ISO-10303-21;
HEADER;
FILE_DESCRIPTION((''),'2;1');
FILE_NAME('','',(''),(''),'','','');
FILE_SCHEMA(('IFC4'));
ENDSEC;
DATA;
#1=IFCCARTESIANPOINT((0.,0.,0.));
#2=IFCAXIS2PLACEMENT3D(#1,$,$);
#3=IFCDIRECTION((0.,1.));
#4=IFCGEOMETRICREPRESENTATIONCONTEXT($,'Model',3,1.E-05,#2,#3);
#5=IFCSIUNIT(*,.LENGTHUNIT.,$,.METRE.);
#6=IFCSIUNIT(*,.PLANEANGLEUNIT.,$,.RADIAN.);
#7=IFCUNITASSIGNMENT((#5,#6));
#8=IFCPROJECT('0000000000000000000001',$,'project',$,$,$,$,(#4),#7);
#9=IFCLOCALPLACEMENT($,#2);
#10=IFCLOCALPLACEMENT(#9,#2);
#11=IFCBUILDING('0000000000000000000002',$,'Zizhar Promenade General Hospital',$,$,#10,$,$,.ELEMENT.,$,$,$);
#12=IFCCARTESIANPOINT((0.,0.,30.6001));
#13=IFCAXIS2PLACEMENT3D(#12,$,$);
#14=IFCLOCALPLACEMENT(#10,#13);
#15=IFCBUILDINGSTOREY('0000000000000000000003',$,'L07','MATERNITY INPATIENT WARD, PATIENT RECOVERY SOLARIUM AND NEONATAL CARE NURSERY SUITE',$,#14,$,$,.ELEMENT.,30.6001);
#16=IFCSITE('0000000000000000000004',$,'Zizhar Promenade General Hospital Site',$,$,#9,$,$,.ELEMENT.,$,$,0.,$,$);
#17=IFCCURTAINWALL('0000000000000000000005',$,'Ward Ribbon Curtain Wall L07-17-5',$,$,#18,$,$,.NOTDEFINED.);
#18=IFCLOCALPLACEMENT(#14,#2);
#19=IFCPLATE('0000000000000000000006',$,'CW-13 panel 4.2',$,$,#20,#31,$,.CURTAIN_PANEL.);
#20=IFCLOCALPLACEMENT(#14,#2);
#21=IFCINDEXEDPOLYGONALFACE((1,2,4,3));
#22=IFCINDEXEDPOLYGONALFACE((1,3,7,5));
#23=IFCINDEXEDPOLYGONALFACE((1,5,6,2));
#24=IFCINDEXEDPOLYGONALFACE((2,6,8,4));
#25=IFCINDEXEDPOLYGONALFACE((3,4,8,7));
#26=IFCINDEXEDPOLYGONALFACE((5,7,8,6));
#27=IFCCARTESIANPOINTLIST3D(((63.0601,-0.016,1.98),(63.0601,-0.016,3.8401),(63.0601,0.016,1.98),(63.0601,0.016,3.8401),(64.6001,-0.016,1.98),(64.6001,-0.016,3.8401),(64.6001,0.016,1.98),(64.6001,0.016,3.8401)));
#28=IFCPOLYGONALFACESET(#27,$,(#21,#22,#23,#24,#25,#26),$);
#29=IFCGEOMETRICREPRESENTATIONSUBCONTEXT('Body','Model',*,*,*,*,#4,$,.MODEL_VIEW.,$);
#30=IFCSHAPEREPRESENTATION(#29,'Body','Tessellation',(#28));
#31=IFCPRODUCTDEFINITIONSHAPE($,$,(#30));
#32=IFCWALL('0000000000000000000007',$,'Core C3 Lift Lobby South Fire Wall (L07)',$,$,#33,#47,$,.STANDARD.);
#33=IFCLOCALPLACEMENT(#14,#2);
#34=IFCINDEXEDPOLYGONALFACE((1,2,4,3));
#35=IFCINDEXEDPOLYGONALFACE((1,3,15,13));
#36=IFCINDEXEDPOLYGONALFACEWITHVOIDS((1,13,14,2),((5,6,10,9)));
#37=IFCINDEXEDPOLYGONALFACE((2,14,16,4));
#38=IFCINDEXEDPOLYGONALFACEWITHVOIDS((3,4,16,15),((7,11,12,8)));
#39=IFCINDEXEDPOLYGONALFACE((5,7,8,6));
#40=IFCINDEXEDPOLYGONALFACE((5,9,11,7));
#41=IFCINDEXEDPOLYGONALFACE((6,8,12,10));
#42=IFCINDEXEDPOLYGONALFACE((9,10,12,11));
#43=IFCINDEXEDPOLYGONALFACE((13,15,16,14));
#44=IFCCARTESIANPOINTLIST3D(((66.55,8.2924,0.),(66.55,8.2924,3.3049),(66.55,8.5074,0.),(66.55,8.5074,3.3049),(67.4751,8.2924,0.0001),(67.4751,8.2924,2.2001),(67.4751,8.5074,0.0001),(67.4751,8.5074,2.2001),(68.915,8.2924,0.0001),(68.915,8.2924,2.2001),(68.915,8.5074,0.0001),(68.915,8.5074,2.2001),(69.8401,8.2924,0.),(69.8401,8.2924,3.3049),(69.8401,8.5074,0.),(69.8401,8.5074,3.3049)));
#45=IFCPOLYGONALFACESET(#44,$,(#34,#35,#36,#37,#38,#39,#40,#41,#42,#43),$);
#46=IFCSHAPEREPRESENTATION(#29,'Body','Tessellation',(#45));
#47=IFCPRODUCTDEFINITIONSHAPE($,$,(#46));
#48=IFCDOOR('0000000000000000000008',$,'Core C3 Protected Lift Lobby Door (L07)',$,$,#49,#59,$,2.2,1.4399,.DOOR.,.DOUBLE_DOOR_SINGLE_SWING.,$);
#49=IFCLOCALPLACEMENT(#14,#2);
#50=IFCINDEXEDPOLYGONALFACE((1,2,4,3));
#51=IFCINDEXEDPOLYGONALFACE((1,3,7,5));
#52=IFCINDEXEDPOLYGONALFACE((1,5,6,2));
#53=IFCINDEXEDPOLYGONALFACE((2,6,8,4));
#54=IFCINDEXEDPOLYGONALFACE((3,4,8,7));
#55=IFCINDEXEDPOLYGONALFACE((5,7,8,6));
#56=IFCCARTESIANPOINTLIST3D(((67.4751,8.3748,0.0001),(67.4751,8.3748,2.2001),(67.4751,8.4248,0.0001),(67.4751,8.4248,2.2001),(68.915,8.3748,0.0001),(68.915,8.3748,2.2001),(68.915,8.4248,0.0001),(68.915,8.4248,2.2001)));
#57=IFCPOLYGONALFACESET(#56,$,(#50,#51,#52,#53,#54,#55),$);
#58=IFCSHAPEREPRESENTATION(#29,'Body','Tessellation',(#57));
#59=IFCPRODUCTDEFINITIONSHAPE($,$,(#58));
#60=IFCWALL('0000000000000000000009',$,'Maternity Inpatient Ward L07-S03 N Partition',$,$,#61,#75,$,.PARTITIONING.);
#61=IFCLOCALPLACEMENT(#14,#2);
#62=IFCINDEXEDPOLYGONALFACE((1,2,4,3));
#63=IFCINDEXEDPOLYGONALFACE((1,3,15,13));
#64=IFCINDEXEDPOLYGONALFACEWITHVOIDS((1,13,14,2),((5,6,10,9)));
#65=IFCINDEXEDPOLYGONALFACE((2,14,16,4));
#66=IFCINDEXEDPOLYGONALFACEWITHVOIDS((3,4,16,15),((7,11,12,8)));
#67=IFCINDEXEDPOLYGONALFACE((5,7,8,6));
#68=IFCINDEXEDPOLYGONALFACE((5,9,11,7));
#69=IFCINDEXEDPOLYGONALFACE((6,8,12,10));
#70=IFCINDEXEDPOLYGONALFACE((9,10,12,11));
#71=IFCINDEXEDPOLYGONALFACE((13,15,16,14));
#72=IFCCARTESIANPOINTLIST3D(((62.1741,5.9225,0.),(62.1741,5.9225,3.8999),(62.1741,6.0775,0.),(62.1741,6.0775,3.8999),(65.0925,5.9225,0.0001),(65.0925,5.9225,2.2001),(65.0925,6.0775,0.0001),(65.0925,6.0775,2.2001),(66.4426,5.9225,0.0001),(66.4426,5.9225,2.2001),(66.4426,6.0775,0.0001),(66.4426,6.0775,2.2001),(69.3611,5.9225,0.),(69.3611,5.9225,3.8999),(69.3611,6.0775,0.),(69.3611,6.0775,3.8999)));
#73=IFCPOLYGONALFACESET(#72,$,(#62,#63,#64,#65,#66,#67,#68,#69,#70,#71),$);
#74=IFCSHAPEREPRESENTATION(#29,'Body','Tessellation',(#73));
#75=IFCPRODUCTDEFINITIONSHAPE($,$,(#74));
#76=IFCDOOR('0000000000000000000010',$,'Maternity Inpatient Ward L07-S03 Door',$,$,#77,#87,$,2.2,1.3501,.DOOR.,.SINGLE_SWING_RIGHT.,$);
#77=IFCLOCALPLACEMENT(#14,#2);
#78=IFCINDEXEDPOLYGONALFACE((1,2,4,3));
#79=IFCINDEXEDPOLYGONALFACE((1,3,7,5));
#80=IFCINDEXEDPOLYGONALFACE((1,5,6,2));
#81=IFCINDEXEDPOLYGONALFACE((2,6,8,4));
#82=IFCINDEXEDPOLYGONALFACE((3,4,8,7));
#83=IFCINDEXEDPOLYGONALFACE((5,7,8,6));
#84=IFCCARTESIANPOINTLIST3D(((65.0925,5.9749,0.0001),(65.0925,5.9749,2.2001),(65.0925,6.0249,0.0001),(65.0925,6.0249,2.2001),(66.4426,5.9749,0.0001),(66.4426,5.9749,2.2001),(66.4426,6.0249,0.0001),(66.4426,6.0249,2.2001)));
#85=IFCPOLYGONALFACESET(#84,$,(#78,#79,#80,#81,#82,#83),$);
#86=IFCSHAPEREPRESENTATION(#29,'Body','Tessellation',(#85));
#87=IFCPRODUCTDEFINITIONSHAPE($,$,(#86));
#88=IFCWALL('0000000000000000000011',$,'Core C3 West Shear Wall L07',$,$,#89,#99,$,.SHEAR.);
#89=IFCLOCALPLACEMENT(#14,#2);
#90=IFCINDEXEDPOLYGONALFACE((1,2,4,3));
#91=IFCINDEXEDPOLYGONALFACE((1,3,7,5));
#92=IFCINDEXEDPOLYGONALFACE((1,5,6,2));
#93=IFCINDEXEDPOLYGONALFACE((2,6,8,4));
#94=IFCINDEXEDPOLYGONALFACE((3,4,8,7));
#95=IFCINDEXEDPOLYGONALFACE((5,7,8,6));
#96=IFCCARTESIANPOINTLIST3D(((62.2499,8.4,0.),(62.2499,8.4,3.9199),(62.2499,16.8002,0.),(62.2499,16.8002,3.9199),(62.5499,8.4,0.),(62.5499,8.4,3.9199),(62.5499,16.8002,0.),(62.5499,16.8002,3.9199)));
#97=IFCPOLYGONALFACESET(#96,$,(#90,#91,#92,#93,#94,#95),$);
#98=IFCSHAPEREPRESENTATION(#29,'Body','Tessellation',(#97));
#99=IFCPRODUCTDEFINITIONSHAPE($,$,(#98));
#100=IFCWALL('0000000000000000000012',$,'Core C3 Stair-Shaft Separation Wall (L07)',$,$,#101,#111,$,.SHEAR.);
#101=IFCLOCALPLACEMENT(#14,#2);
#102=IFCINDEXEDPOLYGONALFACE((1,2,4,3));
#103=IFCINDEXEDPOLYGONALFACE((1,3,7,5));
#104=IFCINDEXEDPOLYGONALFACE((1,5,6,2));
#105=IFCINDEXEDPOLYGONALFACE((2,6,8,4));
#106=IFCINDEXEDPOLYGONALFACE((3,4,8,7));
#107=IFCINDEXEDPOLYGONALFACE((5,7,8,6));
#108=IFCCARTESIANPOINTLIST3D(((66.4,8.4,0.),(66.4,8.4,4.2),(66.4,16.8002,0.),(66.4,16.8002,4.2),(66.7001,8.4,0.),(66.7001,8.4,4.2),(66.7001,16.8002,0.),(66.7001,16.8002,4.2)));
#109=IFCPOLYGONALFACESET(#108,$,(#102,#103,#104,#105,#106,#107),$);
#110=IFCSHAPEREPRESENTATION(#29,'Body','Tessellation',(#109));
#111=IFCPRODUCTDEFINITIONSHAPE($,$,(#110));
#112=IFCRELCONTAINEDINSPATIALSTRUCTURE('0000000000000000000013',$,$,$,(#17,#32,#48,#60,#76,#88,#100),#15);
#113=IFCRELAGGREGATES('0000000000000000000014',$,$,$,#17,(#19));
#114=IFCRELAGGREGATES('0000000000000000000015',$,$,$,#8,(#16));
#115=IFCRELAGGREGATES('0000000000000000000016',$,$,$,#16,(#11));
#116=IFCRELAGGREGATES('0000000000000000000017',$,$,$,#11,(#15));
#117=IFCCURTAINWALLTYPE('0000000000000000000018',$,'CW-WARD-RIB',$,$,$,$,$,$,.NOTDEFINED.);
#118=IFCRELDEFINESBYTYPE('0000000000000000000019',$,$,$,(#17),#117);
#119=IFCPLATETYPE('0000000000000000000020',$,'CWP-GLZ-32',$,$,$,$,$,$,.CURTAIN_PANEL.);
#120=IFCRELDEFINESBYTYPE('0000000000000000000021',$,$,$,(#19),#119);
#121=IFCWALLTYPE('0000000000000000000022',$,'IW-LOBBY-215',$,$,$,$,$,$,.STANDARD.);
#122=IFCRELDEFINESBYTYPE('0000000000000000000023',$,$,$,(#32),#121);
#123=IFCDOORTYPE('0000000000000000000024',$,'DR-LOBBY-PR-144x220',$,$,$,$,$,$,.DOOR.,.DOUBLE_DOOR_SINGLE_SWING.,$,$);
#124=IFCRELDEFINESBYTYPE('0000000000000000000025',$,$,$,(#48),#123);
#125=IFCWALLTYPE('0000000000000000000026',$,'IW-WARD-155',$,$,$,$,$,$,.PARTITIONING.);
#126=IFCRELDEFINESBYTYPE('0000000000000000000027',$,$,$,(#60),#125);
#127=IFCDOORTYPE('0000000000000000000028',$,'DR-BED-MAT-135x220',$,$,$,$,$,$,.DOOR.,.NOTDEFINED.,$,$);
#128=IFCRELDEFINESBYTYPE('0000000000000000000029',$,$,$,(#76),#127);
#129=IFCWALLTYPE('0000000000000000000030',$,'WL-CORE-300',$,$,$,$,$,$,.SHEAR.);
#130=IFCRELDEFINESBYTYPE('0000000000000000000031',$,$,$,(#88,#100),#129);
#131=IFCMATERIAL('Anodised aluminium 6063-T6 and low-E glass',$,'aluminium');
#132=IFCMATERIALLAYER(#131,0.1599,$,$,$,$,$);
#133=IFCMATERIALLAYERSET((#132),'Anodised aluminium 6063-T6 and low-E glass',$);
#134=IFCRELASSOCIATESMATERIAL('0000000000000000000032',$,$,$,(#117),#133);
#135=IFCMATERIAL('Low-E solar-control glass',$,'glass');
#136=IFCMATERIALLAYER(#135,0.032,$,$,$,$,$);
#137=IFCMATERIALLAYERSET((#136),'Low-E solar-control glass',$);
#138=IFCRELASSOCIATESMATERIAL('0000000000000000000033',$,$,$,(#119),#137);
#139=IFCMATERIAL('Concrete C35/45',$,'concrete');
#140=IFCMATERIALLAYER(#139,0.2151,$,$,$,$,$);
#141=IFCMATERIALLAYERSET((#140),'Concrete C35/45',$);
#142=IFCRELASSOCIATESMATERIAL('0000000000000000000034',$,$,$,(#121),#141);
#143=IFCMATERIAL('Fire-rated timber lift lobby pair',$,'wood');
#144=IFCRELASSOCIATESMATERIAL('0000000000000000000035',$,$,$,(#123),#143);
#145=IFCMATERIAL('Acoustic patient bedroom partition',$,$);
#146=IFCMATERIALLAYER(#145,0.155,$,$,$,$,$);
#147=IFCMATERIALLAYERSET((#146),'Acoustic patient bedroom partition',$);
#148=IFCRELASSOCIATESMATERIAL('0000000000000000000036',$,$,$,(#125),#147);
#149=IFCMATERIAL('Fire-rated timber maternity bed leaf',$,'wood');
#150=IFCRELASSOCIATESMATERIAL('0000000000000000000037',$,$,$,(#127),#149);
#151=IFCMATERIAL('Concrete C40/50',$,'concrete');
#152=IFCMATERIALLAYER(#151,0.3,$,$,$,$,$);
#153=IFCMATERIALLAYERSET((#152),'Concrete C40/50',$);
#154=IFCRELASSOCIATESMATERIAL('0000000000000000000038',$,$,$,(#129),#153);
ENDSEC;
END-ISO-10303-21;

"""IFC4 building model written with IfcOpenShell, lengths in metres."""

from ifc_helpers import new_model, si_unit, direction, frame, frame_2d, origin, origin_2d, place, context, subcontext, project, spatial, rectangle, extrude, material, layer, layer_set, type_object, element, fill, aggregate, save


model = new_model("IFC4")

# Units and contexts
model_context = context("Model", 3, precision=1e-05, world=origin(), true_north=direction((0.0, 1.0)))
body_context = subcontext(model_context, "Body", "Model", "MODEL_VIEW")
ifc_project = project(units=[si_unit("LENGTHUNIT", "METRE"), si_unit("PLANEANGLEUNIT", "RADIAN")], contexts=[model_context])

# Site, building, storey
site_placement = place(None, origin())
site = spatial("IfcSite", under=ifc_project, at=site_placement, Name="Zizhar Promenade General Hospital Site", CompositionType="ELEMENT", RefElevation=0.0)
building_placement = place(site_placement, origin())
building = spatial("IfcBuilding", under=site, at=building_placement, Name="Zizhar Promenade General Hospital", CompositionType="ELEMENT")
storey_placement = place(building_placement, frame((0.0, 0.0, 30.6001)))
storey = spatial("IfcBuildingStorey", under=building, at=storey_placement, Name="L07", Description="MATERNITY INPATIENT WARD, PATIENT RECOVERY SOLARIUM AND NEONATAL CARE NURSERY SUITE", CompositionType="ELEMENT", Elevation=30.6001)

# Curtain wall, plate
ifc_material_1 = material(Name="Anodised aluminium 6063-T6 and low-E glass", Category="aluminium")
ifc_layer_1 = layer(ifc_material_1, 0.1599)
ifc_layer_set_1 = layer_set([ifc_layer_1], Name="Anodised aluminium 6063-T6 and low-E glass")
curtain_wall_type = type_object("IfcCurtainWallType", Name="CW-WARD-RIB", PredefinedType="NOTDEFINED", material=ifc_layer_set_1)
curtain_wall_placement = place(storey_placement, origin())
curtain_wall = element("IfcCurtainWall", 1, at=curtain_wall_placement, inside=storey, type_object=curtain_wall_type, Name="Ward Ribbon Curtain Wall L07-17-5", PredefinedType="NOTDEFINED")
ifc_material_2 = material(Name="Low-E solar-control glass", Category="glass")
ifc_layer_2 = layer(ifc_material_2, 0.032)
ifc_layer_set_2 = layer_set([ifc_layer_2], Name="Low-E solar-control glass")
plate_type = type_object("IfcPlateType", Name="CWP-GLZ-32", PredefinedType="CURTAIN_PANEL", material=ifc_layer_set_2)
plate_1_placement = place(storey_placement, frame((63.8301, 0.0, 1.98), z_axis=(0.0, 0.0, 1.0), x_axis=(-1.0, 0.0, 0.0)))
plate_1 = element("IfcPlate", 2, at=plate_1_placement, type_object=plate_type, Name="CW-13 panel 4.2", PredefinedType="CURTAIN_PANEL", context=body_context, shape_type="SweptSolid", body=[
    extrude(rectangle(XDim=1.54, YDim=0.032, at=origin_2d()), origin(), (0.0, 0.0, 1.0), 1.8601),
])
aggregate(curtain_wall, [plate_1])

# Walls, openings, doors
ifc_material_3 = material(Name="Concrete C35/45", Category="concrete")
ifc_layer_3 = layer(ifc_material_3, 0.2151)
ifc_layer_set_3 = layer_set([ifc_layer_3], Name="Concrete C35/45")
wall_type_1 = type_object("IfcWallType", Name="IW-LOBBY-215", PredefinedType="STANDARD", material=ifc_layer_set_3)
wall_1_placement = place(storey_placement, frame((66.55, 8.3999, 0.0), z_axis=(0.0, 0.0, 1.0), x_axis=(1.0, 0.0, 0.0)))
wall_1 = element("IfcWall", 3, at=wall_1_placement, inside=storey, type_object=wall_type_1, Name="Core C3 Lift Lobby South Fire Wall (L07)", PredefinedType="STANDARD", context=body_context, shape_type="SweptSolid", body=[
    extrude(rectangle(XDim=3.29, YDim=0.2151, at=frame_2d((1.645, 0.0))), origin(), (0.0, 0.0, 1.0), 3.3049),
])
opening_1_placement = place(wall_1_placement, frame((0.925, 0.0, 0.0)))
opening_1 = element("IfcOpeningElement", 4, at=opening_1_placement, cuts=wall_1, PredefinedType="OPENING", context=body_context, shape_type="SweptSolid", body=[
    extrude(rectangle(XDim=1.4399, YDim=2.2, at=frame_2d((0.72, 1.1001))), frame((0.0, 0.1177, 0.0), z_axis=(0.0, -1.0, 0.0), x_axis=(1.0, 0.0, 0.0)), (0.0, 0.0, 1.0), 0.2351),
])
ifc_material_4 = material(Name="Fire-rated timber lift lobby pair", Category="wood")
door_type_1 = type_object("IfcDoorType", Name="DR-LOBBY-PR-144x220", OperationType="DOUBLE_DOOR_SINGLE_SWING", PredefinedType="DOOR", material=ifc_material_4)
door_1_placement = place(opening_1_placement, origin())
door_1 = element("IfcDoor", 5, at=door_1_placement, inside=storey, type_object=door_type_1, Name="Core C3 Protected Lift Lobby Door (L07)", OperationType="DOUBLE_DOOR_SINGLE_SWING", OverallHeight=2.2, OverallWidth=1.4399, PredefinedType="DOOR", context=body_context, shape_type="SweptSolid", body=[
    extrude(rectangle(XDim=1.4399, YDim=2.2, at=frame_2d((0.72, 1.1001))), frame((0.0, 0.0249, 0.0), z_axis=(0.0, -1.0, 0.0), x_axis=(1.0, 0.0, 0.0)), (0.0, 0.0, 1.0), 0.05),
])
fill(opening_1, door_1)
ifc_material_5 = material(Name="Acoustic patient bedroom partition")
ifc_layer_4 = layer(ifc_material_5, 0.155)
ifc_layer_set_4 = layer_set([ifc_layer_4], Name="Acoustic patient bedroom partition")
wall_type_2 = type_object("IfcWallType", Name="IW-WARD-155", PredefinedType="PARTITIONING", material=ifc_layer_set_4)
wall_2_placement = place(storey_placement, frame((62.1741, 6.0, 0.0), z_axis=(0.0, 0.0, 1.0), x_axis=(1.0, 0.0, 0.0)))
wall_2 = element("IfcWall", 6, at=wall_2_placement, inside=storey, type_object=wall_type_2, Name="Maternity Inpatient Ward L07-S03 N Partition", PredefinedType="PARTITIONING", context=body_context, shape_type="SweptSolid", body=[
    extrude(rectangle(XDim=7.187, YDim=0.155, at=frame_2d((3.5935, 0.0))), origin(), (0.0, 0.0, 1.0), 3.8999),
])
opening_2_placement = place(wall_2_placement, frame((2.9185, 0.0, 0.0)))
opening_2 = element("IfcOpeningElement", 7, at=opening_2_placement, cuts=wall_2, PredefinedType="OPENING", context=body_context, shape_type="SweptSolid", body=[
    extrude(rectangle(XDim=1.3501, YDim=2.2, at=frame_2d((0.675, 1.1001))), frame((0.0, 0.0874, 0.0), z_axis=(0.0, -1.0, 0.0), x_axis=(1.0, 0.0, 0.0)), (0.0, 0.0, 1.0), 0.175),
])
ifc_material_6 = material(Name="Fire-rated timber maternity bed leaf", Category="wood")
door_type_2 = type_object("IfcDoorType", Name="DR-BED-MAT-135x220", OperationType="NOTDEFINED", PredefinedType="DOOR", material=ifc_material_6)
door_2_placement = place(opening_2_placement, origin())
door_2 = element("IfcDoor", 8, at=door_2_placement, inside=storey, type_object=door_type_2, Name="Maternity Inpatient Ward L07-S03 Door", OperationType="SINGLE_SWING_RIGHT", OverallHeight=2.2, OverallWidth=1.3501, PredefinedType="DOOR", context=body_context, shape_type="SweptSolid", body=[
    extrude(rectangle(XDim=1.3501, YDim=2.2, at=frame_2d((0.675, 1.1001))), frame((0.0, 0.0249, 0.0), z_axis=(0.0, -1.0, 0.0), x_axis=(1.0, 0.0, 0.0)), (0.0, 0.0, 1.0), 0.05),
])
fill(opening_2, door_2)

# Wall
ifc_material_7 = material(Name="Concrete C40/50", Category="concrete")
ifc_layer_5 = layer(ifc_material_7, 0.3)
ifc_layer_set_5 = layer_set([ifc_layer_5], Name="Concrete C40/50")
wall_type_3 = type_object("IfcWallType", Name="WL-CORE-300", PredefinedType="SHEAR", material=ifc_layer_set_5)
wall_3_placement = place(storey_placement, frame((62.3999, 8.3999, 0.0), z_axis=(0.0, 0.0, 1.0), x_axis=(0.0, 1.0, 0.0)))
element("IfcWall", 9, at=wall_3_placement, inside=storey, type_object=wall_type_3, Name="Core C3 West Shear Wall L07", PredefinedType="SHEAR", context=body_context, shape_type="SweptSolid", body=[
    extrude(rectangle(XDim=8.4001, YDim=0.3, at=frame_2d((4.2002, 0.0))), origin(), (0.0, 0.0, 1.0), 3.9199),
])

# Wall
wall_4_placement = place(storey_placement, frame((66.55, 8.3999, 0.0), z_axis=(0.0, 0.0, 1.0), x_axis=(0.0, 1.0, 0.0)))
element("IfcWall", 10, at=wall_4_placement, inside=storey, type_object=wall_type_3, Name="Core C3 Stair-Shaft Separation Wall (L07)", PredefinedType="SHEAR", context=body_context, shape_type="SweptSolid", body=[
    extrude(rectangle(XDim=8.4001, YDim=0.3, at=frame_2d((4.2002, 0.0))), origin(), (0.0, 0.0, 1.0), 4.2),
])

save(model, "model.ifc")
